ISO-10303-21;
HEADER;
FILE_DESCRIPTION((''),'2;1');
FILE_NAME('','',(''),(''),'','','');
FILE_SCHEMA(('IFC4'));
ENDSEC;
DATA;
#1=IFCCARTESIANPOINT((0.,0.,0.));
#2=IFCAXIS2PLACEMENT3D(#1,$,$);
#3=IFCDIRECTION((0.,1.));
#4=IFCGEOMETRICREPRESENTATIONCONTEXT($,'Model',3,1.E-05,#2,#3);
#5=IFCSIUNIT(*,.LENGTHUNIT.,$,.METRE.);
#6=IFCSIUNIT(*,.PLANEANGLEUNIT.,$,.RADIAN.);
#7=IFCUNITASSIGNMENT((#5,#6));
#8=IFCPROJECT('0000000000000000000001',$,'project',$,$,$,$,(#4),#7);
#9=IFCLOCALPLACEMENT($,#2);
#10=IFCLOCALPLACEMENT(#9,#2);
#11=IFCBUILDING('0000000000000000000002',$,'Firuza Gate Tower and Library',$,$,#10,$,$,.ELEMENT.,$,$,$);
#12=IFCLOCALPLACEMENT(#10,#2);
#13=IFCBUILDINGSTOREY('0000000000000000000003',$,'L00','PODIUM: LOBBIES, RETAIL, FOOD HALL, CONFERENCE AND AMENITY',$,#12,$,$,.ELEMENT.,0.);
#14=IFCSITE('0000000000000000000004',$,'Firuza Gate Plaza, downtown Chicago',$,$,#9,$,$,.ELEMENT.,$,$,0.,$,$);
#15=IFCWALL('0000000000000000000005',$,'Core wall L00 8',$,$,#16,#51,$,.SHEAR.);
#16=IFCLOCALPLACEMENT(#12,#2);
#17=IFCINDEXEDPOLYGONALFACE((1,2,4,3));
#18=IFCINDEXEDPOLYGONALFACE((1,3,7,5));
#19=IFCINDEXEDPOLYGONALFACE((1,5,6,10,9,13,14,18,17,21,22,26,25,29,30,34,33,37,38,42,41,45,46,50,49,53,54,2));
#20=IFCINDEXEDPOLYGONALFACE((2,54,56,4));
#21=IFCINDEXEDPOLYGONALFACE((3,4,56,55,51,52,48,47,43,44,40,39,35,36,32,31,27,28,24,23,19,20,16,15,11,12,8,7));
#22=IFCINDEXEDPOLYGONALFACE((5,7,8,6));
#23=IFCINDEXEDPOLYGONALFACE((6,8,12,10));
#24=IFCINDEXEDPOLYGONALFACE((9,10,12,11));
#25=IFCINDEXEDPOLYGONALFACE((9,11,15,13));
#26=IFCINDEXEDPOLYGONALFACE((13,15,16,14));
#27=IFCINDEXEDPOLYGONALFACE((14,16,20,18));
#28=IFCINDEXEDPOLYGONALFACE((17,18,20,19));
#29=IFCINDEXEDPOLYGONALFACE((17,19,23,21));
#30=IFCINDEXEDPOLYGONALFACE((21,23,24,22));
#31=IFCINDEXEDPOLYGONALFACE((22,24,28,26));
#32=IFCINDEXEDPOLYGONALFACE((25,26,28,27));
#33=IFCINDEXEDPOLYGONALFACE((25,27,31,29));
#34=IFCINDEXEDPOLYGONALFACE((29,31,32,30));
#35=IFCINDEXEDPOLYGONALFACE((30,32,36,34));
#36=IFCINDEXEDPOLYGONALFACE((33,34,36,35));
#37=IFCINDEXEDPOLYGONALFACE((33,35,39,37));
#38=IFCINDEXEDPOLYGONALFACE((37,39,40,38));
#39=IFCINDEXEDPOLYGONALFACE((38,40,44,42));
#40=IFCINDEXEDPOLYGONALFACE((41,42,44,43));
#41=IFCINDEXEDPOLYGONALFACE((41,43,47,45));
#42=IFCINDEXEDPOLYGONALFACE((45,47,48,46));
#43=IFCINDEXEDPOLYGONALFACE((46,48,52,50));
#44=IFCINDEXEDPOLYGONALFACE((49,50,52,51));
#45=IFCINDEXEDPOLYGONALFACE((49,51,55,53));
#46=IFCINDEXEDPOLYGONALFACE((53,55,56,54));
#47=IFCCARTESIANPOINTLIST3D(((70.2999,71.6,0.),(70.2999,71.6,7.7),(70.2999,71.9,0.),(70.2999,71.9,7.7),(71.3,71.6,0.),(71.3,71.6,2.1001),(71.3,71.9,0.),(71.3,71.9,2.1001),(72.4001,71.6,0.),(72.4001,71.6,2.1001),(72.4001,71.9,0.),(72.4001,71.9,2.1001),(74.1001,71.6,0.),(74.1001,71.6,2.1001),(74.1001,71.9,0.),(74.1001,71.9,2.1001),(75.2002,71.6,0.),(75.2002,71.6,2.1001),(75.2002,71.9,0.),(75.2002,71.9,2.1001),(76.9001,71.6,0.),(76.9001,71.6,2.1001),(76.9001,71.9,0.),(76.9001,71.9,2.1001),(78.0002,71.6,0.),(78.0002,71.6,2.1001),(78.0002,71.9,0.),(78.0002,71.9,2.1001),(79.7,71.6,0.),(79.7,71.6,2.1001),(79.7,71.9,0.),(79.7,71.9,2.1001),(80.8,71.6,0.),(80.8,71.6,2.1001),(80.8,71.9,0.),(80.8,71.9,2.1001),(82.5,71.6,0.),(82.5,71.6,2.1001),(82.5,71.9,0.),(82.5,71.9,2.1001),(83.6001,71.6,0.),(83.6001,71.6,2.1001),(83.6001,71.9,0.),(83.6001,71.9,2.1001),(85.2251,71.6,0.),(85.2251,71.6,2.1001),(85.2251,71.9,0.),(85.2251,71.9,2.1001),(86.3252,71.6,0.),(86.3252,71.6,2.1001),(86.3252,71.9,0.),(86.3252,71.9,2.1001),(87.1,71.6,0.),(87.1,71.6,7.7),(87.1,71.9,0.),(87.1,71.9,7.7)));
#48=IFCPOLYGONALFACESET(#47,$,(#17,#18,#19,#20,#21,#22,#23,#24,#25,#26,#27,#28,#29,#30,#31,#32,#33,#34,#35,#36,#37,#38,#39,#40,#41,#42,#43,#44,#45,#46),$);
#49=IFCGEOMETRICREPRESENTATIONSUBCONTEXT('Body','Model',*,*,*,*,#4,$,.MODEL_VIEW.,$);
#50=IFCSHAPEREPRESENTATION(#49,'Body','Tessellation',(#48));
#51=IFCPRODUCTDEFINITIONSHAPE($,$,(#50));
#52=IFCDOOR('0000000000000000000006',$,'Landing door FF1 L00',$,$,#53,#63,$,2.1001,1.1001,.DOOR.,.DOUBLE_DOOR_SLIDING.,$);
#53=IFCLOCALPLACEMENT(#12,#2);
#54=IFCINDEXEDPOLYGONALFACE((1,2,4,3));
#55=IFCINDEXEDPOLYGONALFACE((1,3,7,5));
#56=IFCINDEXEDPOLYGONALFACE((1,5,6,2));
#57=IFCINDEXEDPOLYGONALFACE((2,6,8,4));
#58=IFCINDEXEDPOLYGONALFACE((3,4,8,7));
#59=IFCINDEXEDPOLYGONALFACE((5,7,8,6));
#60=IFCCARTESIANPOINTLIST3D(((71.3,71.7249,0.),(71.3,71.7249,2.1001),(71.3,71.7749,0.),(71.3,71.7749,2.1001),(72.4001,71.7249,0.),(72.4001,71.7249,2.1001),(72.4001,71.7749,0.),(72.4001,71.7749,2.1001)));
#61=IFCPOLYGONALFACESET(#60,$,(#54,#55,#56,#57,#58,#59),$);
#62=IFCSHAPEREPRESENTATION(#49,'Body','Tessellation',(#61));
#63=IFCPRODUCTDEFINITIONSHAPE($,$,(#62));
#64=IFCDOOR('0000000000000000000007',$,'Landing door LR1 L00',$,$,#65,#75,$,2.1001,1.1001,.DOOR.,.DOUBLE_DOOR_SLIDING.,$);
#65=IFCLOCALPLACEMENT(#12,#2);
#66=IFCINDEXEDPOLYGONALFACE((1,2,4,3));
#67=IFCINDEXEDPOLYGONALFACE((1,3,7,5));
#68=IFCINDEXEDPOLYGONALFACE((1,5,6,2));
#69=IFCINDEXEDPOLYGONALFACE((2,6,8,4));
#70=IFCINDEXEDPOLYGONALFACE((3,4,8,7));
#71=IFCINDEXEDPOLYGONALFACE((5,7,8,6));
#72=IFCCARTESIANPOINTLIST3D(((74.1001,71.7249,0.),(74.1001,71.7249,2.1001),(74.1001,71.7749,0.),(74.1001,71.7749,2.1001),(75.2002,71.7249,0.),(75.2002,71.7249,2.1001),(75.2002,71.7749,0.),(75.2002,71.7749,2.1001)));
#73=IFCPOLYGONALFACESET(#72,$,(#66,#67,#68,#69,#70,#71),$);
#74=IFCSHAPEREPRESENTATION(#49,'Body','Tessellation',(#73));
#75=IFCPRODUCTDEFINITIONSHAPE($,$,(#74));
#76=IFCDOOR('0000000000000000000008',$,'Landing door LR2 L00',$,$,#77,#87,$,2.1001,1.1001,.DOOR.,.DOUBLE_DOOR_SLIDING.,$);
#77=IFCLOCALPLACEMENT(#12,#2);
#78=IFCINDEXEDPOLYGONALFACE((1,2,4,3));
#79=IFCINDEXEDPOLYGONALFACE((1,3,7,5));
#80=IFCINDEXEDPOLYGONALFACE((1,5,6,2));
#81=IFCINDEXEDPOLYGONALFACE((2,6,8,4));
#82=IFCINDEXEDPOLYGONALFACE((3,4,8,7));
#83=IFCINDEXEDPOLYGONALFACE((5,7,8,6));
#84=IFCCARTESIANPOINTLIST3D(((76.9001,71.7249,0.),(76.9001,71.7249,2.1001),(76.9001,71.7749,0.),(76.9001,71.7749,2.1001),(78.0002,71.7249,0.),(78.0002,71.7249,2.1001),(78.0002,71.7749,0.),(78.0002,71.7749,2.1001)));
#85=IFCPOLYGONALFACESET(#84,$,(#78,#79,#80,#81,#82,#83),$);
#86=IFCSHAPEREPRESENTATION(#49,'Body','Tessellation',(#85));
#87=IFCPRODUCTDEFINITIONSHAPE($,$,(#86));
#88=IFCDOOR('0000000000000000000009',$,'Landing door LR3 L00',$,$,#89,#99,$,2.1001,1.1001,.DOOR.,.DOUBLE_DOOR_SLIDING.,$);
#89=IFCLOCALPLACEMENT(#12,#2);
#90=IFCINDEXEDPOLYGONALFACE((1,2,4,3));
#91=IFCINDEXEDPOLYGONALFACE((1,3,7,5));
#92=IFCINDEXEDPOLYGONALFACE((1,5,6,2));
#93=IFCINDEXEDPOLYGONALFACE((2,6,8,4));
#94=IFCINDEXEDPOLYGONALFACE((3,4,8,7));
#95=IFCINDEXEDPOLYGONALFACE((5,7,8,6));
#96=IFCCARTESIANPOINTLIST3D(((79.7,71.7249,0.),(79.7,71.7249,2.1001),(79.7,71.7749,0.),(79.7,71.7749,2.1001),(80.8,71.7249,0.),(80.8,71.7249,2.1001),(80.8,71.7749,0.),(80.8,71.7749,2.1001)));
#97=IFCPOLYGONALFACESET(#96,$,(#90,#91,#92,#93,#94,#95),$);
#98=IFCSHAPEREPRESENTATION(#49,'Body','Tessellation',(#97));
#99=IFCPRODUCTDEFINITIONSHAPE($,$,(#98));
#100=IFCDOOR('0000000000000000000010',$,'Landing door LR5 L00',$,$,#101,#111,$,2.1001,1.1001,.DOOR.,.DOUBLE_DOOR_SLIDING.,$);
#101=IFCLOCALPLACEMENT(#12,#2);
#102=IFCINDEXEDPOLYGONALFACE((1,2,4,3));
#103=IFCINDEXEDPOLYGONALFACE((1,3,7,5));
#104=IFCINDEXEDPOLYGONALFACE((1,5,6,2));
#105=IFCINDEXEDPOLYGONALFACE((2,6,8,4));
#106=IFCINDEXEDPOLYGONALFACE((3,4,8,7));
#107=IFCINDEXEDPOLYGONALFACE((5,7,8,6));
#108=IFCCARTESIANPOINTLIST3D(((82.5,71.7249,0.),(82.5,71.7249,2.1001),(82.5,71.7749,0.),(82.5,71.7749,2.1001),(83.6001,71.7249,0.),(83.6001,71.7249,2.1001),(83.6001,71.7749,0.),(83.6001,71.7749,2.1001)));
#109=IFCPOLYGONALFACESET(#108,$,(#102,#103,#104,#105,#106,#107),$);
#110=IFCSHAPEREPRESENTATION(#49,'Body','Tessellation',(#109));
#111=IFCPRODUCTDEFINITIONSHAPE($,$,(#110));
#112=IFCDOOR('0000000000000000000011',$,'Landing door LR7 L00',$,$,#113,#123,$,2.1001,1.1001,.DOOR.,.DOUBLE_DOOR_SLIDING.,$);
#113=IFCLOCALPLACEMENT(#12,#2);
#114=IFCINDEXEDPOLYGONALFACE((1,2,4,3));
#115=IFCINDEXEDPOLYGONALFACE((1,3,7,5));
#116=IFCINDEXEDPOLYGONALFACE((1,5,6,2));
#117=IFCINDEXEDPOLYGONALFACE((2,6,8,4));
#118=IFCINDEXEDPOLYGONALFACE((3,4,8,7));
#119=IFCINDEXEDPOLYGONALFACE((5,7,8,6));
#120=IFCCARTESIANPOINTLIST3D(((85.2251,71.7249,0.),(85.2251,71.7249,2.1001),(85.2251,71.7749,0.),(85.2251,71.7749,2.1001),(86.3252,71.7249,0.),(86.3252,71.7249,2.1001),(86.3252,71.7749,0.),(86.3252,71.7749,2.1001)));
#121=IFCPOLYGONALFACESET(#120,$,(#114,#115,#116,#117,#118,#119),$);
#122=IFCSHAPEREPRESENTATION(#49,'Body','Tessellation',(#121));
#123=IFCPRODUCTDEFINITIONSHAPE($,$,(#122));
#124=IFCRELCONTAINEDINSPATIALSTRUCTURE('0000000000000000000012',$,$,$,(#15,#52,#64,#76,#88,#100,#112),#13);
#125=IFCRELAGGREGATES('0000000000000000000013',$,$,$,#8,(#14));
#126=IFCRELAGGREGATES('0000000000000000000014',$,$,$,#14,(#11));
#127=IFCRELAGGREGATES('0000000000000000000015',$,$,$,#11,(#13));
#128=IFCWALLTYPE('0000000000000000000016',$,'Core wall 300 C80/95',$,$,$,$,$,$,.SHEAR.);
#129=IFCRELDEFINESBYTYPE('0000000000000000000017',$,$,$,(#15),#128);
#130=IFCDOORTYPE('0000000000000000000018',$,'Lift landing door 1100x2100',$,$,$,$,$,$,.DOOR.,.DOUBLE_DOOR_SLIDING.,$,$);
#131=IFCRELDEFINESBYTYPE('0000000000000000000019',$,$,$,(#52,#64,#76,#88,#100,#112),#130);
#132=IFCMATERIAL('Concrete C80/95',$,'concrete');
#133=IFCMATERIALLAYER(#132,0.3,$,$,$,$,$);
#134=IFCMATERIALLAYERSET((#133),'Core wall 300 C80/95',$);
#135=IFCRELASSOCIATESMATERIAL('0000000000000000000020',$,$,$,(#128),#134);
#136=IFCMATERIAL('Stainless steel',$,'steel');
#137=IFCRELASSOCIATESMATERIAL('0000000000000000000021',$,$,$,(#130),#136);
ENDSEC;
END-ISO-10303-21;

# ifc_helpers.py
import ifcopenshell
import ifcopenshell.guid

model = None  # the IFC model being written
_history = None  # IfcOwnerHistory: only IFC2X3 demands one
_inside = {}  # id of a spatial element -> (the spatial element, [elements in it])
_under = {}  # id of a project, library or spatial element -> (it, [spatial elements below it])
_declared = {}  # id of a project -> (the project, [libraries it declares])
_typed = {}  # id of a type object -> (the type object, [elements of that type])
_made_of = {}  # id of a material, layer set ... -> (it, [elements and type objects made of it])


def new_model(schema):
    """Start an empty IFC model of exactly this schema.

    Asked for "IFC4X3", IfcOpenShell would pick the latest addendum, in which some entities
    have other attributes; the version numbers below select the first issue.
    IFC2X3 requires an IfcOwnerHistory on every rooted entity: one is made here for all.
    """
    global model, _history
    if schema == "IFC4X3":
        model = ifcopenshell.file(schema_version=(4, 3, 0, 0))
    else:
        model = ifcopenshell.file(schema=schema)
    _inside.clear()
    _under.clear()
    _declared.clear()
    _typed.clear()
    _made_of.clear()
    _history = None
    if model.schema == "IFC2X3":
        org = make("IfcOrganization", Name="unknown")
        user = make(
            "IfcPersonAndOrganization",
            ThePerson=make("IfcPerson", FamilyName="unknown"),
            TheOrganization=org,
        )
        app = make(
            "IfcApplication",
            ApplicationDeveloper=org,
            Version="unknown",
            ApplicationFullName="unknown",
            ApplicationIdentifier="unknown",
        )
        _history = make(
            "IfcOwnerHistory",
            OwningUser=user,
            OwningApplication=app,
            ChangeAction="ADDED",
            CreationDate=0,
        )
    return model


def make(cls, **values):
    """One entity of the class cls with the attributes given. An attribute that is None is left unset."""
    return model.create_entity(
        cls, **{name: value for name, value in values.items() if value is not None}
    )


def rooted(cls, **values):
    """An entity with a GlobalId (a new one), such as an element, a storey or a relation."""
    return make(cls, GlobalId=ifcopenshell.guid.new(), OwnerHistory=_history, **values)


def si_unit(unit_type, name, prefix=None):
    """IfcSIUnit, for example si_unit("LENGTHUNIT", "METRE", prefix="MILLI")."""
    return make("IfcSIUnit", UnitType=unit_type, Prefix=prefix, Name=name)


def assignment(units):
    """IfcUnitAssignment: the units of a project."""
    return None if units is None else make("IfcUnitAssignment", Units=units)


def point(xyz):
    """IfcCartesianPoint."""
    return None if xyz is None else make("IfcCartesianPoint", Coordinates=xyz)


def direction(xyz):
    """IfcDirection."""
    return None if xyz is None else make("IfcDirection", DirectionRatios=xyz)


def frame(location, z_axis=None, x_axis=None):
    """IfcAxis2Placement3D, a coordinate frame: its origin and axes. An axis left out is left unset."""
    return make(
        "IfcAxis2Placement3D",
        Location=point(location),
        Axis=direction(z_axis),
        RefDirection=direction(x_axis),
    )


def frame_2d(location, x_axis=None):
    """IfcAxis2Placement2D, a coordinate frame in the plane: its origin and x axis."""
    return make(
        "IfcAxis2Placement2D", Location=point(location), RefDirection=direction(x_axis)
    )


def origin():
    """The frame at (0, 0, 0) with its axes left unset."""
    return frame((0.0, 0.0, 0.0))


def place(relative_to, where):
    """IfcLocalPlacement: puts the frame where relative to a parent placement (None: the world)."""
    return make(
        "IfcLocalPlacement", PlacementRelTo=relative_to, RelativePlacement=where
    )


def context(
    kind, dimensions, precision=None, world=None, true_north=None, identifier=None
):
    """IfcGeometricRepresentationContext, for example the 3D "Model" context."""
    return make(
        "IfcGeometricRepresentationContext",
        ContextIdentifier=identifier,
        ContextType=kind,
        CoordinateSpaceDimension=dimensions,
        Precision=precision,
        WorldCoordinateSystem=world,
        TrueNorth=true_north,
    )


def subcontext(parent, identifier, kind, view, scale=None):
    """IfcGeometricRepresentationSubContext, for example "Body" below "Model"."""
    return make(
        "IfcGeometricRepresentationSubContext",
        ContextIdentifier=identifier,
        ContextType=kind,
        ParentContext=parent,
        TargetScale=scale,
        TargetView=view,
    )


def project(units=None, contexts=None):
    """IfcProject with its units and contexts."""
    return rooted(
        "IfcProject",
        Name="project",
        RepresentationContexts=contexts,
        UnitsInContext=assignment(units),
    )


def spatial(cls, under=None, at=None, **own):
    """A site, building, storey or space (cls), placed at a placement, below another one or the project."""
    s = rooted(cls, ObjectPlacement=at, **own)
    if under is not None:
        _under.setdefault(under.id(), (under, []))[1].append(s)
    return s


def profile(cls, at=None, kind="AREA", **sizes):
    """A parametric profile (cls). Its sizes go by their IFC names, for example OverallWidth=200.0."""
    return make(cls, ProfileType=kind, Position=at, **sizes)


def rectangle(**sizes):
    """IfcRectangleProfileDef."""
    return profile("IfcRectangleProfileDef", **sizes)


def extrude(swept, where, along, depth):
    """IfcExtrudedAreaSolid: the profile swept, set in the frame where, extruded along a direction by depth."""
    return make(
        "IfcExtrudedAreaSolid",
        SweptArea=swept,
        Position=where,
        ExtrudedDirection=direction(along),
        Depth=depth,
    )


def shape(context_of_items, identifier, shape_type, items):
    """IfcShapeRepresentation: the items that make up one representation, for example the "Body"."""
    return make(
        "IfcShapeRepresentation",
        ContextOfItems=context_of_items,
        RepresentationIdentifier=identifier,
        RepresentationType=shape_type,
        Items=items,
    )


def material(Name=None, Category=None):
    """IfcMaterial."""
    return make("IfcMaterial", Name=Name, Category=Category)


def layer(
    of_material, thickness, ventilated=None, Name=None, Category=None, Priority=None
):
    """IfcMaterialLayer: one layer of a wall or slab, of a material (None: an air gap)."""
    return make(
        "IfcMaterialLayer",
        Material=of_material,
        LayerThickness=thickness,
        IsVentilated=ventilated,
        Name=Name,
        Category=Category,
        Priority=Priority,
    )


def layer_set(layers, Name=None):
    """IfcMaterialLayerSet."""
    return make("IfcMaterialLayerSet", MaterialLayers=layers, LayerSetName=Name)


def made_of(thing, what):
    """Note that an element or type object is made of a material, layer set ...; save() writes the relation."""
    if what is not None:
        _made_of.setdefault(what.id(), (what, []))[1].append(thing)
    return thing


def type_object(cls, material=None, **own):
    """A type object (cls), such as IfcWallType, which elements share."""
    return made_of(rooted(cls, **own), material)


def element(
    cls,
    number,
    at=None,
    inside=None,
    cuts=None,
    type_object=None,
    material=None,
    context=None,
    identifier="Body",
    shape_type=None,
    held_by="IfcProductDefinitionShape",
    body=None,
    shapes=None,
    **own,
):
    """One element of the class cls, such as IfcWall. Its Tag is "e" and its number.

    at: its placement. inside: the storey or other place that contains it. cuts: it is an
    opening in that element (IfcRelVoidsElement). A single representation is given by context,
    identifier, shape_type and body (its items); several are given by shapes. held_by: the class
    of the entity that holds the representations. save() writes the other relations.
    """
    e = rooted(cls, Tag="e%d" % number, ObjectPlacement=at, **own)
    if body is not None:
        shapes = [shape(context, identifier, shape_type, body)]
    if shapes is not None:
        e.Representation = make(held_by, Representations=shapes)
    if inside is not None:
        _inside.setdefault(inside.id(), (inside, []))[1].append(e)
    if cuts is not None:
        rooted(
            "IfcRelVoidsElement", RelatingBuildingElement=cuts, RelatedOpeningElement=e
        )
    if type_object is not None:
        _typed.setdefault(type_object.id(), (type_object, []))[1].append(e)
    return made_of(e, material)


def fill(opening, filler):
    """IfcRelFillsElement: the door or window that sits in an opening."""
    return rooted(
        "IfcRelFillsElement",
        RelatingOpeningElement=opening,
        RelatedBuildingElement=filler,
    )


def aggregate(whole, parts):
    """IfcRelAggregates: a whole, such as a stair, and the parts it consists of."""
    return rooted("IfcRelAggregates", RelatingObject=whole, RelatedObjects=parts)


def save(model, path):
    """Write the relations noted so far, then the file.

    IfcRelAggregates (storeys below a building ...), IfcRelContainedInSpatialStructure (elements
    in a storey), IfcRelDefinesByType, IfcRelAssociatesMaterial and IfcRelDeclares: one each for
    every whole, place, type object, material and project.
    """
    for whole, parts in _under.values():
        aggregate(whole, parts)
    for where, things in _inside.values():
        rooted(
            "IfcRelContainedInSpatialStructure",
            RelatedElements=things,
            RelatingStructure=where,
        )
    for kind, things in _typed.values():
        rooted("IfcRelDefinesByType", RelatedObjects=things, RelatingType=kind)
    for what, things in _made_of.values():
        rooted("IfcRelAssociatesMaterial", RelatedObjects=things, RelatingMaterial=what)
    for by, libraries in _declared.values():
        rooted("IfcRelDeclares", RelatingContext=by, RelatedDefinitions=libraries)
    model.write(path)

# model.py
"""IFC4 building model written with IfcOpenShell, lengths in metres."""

from ifc_helpers import new_model, si_unit, direction, frame, frame_2d, origin, place, context, subcontext, project, spatial, rectangle, extrude, material, layer, layer_set, type_object, element, fill, save


model = new_model("IFC4")

# Units and contexts
model_context = context("Model", 3, precision=1e-05, world=origin(), true_north=direction((0.0, 1.0)))
body_context = subcontext(model_context, "Body", "Model", "MODEL_VIEW")
ifc_project = project(units=[si_unit("LENGTHUNIT", "METRE"), si_unit("PLANEANGLEUNIT", "RADIAN")], contexts=[model_context])

# Site, building, storey
site_placement = place(None, origin())
site = spatial("IfcSite", under=ifc_project, at=site_placement, Name="Firuza Gate Plaza, downtown Chicago", CompositionType="ELEMENT", RefElevation=0.0)
building_placement = place(site_placement, origin())
building = spatial("IfcBuilding", under=site, at=building_placement, Name="Firuza Gate Tower and Library", CompositionType="ELEMENT")
storey_placement = place(building_placement, origin())
storey = spatial("IfcBuildingStorey", under=building, at=storey_placement, Name="L00", Description="PODIUM: LOBBIES, RETAIL, FOOD HALL, CONFERENCE AND AMENITY", CompositionType="ELEMENT", Elevation=0.0)

# Wall, openings, doors
ifc_material_1 = material(Name="Concrete C80/95", Category="concrete")
ifc_layer_1 = layer(ifc_material_1, 0.3)
ifc_layer_set_1 = layer_set([ifc_layer_1], Name="Core wall 300 C80/95")
wall_type_1 = type_object("IfcWallType", Name="Core wall 300 C80/95", PredefinedType="SHEAR", material=ifc_layer_set_1)
wall_1_placement = place(storey_placement, frame((70.3, 71.75, 0.0), z_axis=(0.0, 0.0, 1.0), x_axis=(1.0, 0.0, 0.0)))
wall_1 = element("IfcWall", 1, at=wall_1_placement, inside=storey, type_object=wall_type_1, Name="Core wall L00 8", PredefinedType="SHEAR", context=body_context, shape_type="SweptSolid", body=[
    extrude(rectangle(XDim=16.8, YDim=0.3, at=frame_2d((8.3999, 0.0))), origin(), (0.0, 0.0, 1.0), 7.7),
])
opening_1_placement = place(wall_1_placement, frame((1.0, 0.0, 0.0)))
opening_1 = element("IfcOpeningElement", 2, at=opening_1_placement, cuts=wall_1, PredefinedType="OPENING", context=body_context, shape_type="SweptSolid", body=[
    extrude(rectangle(XDim=1.1001, YDim=2.1001, at=frame_2d((0.55, 1.05))), frame((0.0, 0.1602, 0.0), z_axis=(0.0, -1.0, 0.0), x_axis=(1.0, 0.0, 0.0)), (0.0, 0.0, 1.0), 0.3201),
])
opening_2_placement = place(wall_1_placement, frame((3.8, 0.0, 0.0)))
opening_2 = element("IfcOpeningElement", 3, at=opening_2_placement, cuts=wall_1, PredefinedType="OPENING", context=body_context, shape_type="SweptSolid", body=[
    extrude(rectangle(XDim=1.1001, YDim=2.1001, at=frame_2d((0.55, 1.05))), frame((0.0, 0.1602, 0.0), z_axis=(0.0, -1.0, 0.0), x_axis=(1.0, 0.0, 0.0)), (0.0, 0.0, 1.0), 0.3201),
])
opening_3_placement = place(wall_1_placement, frame((6.6001, 0.0, 0.0)))
opening_3 = element("IfcOpeningElement", 4, at=opening_3_placement, cuts=wall_1, PredefinedType="OPENING", context=body_context, shape_type="SweptSolid", body=[
    extrude(rectangle(XDim=1.1001, YDim=2.1001, at=frame_2d((0.55, 1.05))), frame((0.0, 0.1602, 0.0), z_axis=(0.0, -1.0, 0.0), x_axis=(1.0, 0.0, 0.0)), (0.0, 0.0, 1.0), 0.3201),
])
opening_4_placement = place(wall_1_placement, frame((9.3999, 0.0, 0.0)))
opening_4 = element("IfcOpeningElement", 5, at=opening_4_placement, cuts=wall_1, PredefinedType="OPENING", context=body_context, shape_type="SweptSolid", body=[
    extrude(rectangle(XDim=1.1001, YDim=2.1001, at=frame_2d((0.55, 1.05))), frame((0.0, 0.1602, 0.0), z_axis=(0.0, -1.0, 0.0), x_axis=(1.0, 0.0, 0.0)), (0.0, 0.0, 1.0), 0.3201),
])
opening_5_placement = place(wall_1_placement, frame((12.2, 0.0, 0.0)))
opening_5 = element("IfcOpeningElement", 6, at=opening_5_placement, cuts=wall_1, PredefinedType="OPENING", context=body_context, shape_type="SweptSolid", body=[
    extrude(rectangle(XDim=1.1001, YDim=2.1001, at=frame_2d((0.55, 1.05))), frame((0.0, 0.1602, 0.0), z_axis=(0.0, -1.0, 0.0), x_axis=(1.0, 0.0, 0.0)), (0.0, 0.0, 1.0), 0.3201),
])
opening_6_placement = place(wall_1_placement, frame((14.925, 0.0, 0.0)))
opening_6 = element("IfcOpeningElement", 7, at=opening_6_placement, cuts=wall_1, PredefinedType="OPENING", context=body_context, shape_type="SweptSolid", body=[
    extrude(rectangle(XDim=1.1001, YDim=2.1001, at=frame_2d((0.55, 1.05))), frame((0.0, 0.1602, 0.0), z_axis=(0.0, -1.0, 0.0), x_axis=(1.0, 0.0, 0.0)), (0.0, 0.0, 1.0), 0.3201),
])
ifc_material_2 = material(Name="Stainless steel", Category="steel")
door_type_1 = type_object("IfcDoorType", Name="Lift landing door 1100x2100", OperationType="DOUBLE_DOOR_SLIDING", PredefinedType="DOOR", material=ifc_material_2)
door_1_placement = place(opening_1_placement, origin())
door_1 = element("IfcDoor", 8, at=door_1_placement, inside=storey, type_object=door_type_1, Name="Landing door FF1 L00", OperationType="DOUBLE_DOOR_SLIDING", OverallHeight=2.1001, OverallWidth=1.1001, PredefinedType="DOOR", context=body_context, shape_type="SweptSolid", body=[
    extrude(rectangle(XDim=1.1001, YDim=2.1001, at=frame_2d((0.55, 1.05))), frame((0.0, 0.0249, 0.0), z_axis=(0.0, -1.0, 0.0), x_axis=(1.0, 0.0, 0.0)), (0.0, 0.0, 1.0), 0.05),
])
fill(opening_1, door_1)
door_2_placement = place(opening_2_placement, origin())
door_2 = element("IfcDoor", 9, at=door_2_placement, inside=storey, type_object=door_type_1, Name="Landing door LR1 L00", OperationType="DOUBLE_DOOR_SLIDING", OverallHeight=2.1001, OverallWidth=1.1001, PredefinedType="DOOR", context=body_context, shape_type="SweptSolid", body=[
    extrude(rectangle(XDim=1.1001, YDim=2.1001, at=frame_2d((0.55, 1.05))), frame((0.0, 0.0249, 0.0), z_axis=(0.0, -1.0, 0.0), x_axis=(1.0, 0.0, 0.0)), (0.0, 0.0, 1.0), 0.05),
])
fill(opening_2, door_2)
door_3_placement = place(opening_3_placement, origin())
door_3 = element("IfcDoor", 10, at=door_3_placement, inside=storey, type_object=door_type_1, Name="Landing door LR2 L00", OperationType="DOUBLE_DOOR_SLIDING", OverallHeight=2.1001, OverallWidth=1.1001, PredefinedType="DOOR", context=body_context, shape_type="SweptSolid", body=[
    extrude(rectangle(XDim=1.1001, YDim=2.1001, at=frame_2d((0.55, 1.05))), frame((0.0, 0.0249, 0.0), z_axis=(0.0, -1.0, 0.0), x_axis=(1.0, 0.0, 0.0)), (0.0, 0.0, 1.0), 0.05),
])
fill(opening_3, door_3)
door_4_placement = place(opening_4_placement, origin())
door_4 = element("IfcDoor", 11, at=door_4_placement, inside=storey, type_object=door_type_1, Name="Landing door LR3 L00", OperationType="DOUBLE_DOOR_SLIDING", OverallHeight=2.1001, OverallWidth=1.1001, PredefinedType="DOOR", context=body_context, shape_type="SweptSolid", body=[
    extrude(rectangle(XDim=1.1001, YDim=2.1001, at=frame_2d((0.55, 1.05))), frame((0.0, 0.0249, 0.0), z_axis=(0.0, -1.0, 0.0), x_axis=(1.0, 0.0, 0.0)), (0.0, 0.0, 1.0), 0.05),
])
fill(opening_4, door_4)
door_5_placement = place(opening_5_placement, origin())
door_5 = element("IfcDoor", 12, at=door_5_placement, inside=storey, type_object=door_type_1, Name="Landing door LR5 L00", OperationType="DOUBLE_DOOR_SLIDING", OverallHeight=2.1001, OverallWidth=1.1001, PredefinedType="DOOR", context=body_context, shape_type="SweptSolid", body=[
    extrude(rectangle(XDim=1.1001, YDim=2.1001, at=frame_2d((0.55, 1.05))), frame((0.0, 0.0249, 0.0), z_axis=(0.0, -1.0, 0.0), x_axis=(1.0, 0.0, 0.0)), (0.0, 0.0, 1.0), 0.05),
])
fill(opening_5, door_5)
door_6_placement = place(opening_6_placement, origin())
door_6 = element("IfcDoor", 13, at=door_6_placement, inside=storey, type_object=door_type_1, Name="Landing door LR7 L00", OperationType="DOUBLE_DOOR_SLIDING", OverallHeight=2.1001, OverallWidth=1.1001, PredefinedType="DOOR", context=body_context, shape_type="SweptSolid", body=[
    extrude(rectangle(XDim=1.1001, YDim=2.1001, at=frame_2d((0.55, 1.05))), frame((0.0, 0.0249, 0.0), z_axis=(0.0, -1.0, 0.0), x_axis=(1.0, 0.0, 0.0)), (0.0, 0.0, 1.0), 0.05),
])
fill(opening_6, door_6)

save(model, "model.ifc")
